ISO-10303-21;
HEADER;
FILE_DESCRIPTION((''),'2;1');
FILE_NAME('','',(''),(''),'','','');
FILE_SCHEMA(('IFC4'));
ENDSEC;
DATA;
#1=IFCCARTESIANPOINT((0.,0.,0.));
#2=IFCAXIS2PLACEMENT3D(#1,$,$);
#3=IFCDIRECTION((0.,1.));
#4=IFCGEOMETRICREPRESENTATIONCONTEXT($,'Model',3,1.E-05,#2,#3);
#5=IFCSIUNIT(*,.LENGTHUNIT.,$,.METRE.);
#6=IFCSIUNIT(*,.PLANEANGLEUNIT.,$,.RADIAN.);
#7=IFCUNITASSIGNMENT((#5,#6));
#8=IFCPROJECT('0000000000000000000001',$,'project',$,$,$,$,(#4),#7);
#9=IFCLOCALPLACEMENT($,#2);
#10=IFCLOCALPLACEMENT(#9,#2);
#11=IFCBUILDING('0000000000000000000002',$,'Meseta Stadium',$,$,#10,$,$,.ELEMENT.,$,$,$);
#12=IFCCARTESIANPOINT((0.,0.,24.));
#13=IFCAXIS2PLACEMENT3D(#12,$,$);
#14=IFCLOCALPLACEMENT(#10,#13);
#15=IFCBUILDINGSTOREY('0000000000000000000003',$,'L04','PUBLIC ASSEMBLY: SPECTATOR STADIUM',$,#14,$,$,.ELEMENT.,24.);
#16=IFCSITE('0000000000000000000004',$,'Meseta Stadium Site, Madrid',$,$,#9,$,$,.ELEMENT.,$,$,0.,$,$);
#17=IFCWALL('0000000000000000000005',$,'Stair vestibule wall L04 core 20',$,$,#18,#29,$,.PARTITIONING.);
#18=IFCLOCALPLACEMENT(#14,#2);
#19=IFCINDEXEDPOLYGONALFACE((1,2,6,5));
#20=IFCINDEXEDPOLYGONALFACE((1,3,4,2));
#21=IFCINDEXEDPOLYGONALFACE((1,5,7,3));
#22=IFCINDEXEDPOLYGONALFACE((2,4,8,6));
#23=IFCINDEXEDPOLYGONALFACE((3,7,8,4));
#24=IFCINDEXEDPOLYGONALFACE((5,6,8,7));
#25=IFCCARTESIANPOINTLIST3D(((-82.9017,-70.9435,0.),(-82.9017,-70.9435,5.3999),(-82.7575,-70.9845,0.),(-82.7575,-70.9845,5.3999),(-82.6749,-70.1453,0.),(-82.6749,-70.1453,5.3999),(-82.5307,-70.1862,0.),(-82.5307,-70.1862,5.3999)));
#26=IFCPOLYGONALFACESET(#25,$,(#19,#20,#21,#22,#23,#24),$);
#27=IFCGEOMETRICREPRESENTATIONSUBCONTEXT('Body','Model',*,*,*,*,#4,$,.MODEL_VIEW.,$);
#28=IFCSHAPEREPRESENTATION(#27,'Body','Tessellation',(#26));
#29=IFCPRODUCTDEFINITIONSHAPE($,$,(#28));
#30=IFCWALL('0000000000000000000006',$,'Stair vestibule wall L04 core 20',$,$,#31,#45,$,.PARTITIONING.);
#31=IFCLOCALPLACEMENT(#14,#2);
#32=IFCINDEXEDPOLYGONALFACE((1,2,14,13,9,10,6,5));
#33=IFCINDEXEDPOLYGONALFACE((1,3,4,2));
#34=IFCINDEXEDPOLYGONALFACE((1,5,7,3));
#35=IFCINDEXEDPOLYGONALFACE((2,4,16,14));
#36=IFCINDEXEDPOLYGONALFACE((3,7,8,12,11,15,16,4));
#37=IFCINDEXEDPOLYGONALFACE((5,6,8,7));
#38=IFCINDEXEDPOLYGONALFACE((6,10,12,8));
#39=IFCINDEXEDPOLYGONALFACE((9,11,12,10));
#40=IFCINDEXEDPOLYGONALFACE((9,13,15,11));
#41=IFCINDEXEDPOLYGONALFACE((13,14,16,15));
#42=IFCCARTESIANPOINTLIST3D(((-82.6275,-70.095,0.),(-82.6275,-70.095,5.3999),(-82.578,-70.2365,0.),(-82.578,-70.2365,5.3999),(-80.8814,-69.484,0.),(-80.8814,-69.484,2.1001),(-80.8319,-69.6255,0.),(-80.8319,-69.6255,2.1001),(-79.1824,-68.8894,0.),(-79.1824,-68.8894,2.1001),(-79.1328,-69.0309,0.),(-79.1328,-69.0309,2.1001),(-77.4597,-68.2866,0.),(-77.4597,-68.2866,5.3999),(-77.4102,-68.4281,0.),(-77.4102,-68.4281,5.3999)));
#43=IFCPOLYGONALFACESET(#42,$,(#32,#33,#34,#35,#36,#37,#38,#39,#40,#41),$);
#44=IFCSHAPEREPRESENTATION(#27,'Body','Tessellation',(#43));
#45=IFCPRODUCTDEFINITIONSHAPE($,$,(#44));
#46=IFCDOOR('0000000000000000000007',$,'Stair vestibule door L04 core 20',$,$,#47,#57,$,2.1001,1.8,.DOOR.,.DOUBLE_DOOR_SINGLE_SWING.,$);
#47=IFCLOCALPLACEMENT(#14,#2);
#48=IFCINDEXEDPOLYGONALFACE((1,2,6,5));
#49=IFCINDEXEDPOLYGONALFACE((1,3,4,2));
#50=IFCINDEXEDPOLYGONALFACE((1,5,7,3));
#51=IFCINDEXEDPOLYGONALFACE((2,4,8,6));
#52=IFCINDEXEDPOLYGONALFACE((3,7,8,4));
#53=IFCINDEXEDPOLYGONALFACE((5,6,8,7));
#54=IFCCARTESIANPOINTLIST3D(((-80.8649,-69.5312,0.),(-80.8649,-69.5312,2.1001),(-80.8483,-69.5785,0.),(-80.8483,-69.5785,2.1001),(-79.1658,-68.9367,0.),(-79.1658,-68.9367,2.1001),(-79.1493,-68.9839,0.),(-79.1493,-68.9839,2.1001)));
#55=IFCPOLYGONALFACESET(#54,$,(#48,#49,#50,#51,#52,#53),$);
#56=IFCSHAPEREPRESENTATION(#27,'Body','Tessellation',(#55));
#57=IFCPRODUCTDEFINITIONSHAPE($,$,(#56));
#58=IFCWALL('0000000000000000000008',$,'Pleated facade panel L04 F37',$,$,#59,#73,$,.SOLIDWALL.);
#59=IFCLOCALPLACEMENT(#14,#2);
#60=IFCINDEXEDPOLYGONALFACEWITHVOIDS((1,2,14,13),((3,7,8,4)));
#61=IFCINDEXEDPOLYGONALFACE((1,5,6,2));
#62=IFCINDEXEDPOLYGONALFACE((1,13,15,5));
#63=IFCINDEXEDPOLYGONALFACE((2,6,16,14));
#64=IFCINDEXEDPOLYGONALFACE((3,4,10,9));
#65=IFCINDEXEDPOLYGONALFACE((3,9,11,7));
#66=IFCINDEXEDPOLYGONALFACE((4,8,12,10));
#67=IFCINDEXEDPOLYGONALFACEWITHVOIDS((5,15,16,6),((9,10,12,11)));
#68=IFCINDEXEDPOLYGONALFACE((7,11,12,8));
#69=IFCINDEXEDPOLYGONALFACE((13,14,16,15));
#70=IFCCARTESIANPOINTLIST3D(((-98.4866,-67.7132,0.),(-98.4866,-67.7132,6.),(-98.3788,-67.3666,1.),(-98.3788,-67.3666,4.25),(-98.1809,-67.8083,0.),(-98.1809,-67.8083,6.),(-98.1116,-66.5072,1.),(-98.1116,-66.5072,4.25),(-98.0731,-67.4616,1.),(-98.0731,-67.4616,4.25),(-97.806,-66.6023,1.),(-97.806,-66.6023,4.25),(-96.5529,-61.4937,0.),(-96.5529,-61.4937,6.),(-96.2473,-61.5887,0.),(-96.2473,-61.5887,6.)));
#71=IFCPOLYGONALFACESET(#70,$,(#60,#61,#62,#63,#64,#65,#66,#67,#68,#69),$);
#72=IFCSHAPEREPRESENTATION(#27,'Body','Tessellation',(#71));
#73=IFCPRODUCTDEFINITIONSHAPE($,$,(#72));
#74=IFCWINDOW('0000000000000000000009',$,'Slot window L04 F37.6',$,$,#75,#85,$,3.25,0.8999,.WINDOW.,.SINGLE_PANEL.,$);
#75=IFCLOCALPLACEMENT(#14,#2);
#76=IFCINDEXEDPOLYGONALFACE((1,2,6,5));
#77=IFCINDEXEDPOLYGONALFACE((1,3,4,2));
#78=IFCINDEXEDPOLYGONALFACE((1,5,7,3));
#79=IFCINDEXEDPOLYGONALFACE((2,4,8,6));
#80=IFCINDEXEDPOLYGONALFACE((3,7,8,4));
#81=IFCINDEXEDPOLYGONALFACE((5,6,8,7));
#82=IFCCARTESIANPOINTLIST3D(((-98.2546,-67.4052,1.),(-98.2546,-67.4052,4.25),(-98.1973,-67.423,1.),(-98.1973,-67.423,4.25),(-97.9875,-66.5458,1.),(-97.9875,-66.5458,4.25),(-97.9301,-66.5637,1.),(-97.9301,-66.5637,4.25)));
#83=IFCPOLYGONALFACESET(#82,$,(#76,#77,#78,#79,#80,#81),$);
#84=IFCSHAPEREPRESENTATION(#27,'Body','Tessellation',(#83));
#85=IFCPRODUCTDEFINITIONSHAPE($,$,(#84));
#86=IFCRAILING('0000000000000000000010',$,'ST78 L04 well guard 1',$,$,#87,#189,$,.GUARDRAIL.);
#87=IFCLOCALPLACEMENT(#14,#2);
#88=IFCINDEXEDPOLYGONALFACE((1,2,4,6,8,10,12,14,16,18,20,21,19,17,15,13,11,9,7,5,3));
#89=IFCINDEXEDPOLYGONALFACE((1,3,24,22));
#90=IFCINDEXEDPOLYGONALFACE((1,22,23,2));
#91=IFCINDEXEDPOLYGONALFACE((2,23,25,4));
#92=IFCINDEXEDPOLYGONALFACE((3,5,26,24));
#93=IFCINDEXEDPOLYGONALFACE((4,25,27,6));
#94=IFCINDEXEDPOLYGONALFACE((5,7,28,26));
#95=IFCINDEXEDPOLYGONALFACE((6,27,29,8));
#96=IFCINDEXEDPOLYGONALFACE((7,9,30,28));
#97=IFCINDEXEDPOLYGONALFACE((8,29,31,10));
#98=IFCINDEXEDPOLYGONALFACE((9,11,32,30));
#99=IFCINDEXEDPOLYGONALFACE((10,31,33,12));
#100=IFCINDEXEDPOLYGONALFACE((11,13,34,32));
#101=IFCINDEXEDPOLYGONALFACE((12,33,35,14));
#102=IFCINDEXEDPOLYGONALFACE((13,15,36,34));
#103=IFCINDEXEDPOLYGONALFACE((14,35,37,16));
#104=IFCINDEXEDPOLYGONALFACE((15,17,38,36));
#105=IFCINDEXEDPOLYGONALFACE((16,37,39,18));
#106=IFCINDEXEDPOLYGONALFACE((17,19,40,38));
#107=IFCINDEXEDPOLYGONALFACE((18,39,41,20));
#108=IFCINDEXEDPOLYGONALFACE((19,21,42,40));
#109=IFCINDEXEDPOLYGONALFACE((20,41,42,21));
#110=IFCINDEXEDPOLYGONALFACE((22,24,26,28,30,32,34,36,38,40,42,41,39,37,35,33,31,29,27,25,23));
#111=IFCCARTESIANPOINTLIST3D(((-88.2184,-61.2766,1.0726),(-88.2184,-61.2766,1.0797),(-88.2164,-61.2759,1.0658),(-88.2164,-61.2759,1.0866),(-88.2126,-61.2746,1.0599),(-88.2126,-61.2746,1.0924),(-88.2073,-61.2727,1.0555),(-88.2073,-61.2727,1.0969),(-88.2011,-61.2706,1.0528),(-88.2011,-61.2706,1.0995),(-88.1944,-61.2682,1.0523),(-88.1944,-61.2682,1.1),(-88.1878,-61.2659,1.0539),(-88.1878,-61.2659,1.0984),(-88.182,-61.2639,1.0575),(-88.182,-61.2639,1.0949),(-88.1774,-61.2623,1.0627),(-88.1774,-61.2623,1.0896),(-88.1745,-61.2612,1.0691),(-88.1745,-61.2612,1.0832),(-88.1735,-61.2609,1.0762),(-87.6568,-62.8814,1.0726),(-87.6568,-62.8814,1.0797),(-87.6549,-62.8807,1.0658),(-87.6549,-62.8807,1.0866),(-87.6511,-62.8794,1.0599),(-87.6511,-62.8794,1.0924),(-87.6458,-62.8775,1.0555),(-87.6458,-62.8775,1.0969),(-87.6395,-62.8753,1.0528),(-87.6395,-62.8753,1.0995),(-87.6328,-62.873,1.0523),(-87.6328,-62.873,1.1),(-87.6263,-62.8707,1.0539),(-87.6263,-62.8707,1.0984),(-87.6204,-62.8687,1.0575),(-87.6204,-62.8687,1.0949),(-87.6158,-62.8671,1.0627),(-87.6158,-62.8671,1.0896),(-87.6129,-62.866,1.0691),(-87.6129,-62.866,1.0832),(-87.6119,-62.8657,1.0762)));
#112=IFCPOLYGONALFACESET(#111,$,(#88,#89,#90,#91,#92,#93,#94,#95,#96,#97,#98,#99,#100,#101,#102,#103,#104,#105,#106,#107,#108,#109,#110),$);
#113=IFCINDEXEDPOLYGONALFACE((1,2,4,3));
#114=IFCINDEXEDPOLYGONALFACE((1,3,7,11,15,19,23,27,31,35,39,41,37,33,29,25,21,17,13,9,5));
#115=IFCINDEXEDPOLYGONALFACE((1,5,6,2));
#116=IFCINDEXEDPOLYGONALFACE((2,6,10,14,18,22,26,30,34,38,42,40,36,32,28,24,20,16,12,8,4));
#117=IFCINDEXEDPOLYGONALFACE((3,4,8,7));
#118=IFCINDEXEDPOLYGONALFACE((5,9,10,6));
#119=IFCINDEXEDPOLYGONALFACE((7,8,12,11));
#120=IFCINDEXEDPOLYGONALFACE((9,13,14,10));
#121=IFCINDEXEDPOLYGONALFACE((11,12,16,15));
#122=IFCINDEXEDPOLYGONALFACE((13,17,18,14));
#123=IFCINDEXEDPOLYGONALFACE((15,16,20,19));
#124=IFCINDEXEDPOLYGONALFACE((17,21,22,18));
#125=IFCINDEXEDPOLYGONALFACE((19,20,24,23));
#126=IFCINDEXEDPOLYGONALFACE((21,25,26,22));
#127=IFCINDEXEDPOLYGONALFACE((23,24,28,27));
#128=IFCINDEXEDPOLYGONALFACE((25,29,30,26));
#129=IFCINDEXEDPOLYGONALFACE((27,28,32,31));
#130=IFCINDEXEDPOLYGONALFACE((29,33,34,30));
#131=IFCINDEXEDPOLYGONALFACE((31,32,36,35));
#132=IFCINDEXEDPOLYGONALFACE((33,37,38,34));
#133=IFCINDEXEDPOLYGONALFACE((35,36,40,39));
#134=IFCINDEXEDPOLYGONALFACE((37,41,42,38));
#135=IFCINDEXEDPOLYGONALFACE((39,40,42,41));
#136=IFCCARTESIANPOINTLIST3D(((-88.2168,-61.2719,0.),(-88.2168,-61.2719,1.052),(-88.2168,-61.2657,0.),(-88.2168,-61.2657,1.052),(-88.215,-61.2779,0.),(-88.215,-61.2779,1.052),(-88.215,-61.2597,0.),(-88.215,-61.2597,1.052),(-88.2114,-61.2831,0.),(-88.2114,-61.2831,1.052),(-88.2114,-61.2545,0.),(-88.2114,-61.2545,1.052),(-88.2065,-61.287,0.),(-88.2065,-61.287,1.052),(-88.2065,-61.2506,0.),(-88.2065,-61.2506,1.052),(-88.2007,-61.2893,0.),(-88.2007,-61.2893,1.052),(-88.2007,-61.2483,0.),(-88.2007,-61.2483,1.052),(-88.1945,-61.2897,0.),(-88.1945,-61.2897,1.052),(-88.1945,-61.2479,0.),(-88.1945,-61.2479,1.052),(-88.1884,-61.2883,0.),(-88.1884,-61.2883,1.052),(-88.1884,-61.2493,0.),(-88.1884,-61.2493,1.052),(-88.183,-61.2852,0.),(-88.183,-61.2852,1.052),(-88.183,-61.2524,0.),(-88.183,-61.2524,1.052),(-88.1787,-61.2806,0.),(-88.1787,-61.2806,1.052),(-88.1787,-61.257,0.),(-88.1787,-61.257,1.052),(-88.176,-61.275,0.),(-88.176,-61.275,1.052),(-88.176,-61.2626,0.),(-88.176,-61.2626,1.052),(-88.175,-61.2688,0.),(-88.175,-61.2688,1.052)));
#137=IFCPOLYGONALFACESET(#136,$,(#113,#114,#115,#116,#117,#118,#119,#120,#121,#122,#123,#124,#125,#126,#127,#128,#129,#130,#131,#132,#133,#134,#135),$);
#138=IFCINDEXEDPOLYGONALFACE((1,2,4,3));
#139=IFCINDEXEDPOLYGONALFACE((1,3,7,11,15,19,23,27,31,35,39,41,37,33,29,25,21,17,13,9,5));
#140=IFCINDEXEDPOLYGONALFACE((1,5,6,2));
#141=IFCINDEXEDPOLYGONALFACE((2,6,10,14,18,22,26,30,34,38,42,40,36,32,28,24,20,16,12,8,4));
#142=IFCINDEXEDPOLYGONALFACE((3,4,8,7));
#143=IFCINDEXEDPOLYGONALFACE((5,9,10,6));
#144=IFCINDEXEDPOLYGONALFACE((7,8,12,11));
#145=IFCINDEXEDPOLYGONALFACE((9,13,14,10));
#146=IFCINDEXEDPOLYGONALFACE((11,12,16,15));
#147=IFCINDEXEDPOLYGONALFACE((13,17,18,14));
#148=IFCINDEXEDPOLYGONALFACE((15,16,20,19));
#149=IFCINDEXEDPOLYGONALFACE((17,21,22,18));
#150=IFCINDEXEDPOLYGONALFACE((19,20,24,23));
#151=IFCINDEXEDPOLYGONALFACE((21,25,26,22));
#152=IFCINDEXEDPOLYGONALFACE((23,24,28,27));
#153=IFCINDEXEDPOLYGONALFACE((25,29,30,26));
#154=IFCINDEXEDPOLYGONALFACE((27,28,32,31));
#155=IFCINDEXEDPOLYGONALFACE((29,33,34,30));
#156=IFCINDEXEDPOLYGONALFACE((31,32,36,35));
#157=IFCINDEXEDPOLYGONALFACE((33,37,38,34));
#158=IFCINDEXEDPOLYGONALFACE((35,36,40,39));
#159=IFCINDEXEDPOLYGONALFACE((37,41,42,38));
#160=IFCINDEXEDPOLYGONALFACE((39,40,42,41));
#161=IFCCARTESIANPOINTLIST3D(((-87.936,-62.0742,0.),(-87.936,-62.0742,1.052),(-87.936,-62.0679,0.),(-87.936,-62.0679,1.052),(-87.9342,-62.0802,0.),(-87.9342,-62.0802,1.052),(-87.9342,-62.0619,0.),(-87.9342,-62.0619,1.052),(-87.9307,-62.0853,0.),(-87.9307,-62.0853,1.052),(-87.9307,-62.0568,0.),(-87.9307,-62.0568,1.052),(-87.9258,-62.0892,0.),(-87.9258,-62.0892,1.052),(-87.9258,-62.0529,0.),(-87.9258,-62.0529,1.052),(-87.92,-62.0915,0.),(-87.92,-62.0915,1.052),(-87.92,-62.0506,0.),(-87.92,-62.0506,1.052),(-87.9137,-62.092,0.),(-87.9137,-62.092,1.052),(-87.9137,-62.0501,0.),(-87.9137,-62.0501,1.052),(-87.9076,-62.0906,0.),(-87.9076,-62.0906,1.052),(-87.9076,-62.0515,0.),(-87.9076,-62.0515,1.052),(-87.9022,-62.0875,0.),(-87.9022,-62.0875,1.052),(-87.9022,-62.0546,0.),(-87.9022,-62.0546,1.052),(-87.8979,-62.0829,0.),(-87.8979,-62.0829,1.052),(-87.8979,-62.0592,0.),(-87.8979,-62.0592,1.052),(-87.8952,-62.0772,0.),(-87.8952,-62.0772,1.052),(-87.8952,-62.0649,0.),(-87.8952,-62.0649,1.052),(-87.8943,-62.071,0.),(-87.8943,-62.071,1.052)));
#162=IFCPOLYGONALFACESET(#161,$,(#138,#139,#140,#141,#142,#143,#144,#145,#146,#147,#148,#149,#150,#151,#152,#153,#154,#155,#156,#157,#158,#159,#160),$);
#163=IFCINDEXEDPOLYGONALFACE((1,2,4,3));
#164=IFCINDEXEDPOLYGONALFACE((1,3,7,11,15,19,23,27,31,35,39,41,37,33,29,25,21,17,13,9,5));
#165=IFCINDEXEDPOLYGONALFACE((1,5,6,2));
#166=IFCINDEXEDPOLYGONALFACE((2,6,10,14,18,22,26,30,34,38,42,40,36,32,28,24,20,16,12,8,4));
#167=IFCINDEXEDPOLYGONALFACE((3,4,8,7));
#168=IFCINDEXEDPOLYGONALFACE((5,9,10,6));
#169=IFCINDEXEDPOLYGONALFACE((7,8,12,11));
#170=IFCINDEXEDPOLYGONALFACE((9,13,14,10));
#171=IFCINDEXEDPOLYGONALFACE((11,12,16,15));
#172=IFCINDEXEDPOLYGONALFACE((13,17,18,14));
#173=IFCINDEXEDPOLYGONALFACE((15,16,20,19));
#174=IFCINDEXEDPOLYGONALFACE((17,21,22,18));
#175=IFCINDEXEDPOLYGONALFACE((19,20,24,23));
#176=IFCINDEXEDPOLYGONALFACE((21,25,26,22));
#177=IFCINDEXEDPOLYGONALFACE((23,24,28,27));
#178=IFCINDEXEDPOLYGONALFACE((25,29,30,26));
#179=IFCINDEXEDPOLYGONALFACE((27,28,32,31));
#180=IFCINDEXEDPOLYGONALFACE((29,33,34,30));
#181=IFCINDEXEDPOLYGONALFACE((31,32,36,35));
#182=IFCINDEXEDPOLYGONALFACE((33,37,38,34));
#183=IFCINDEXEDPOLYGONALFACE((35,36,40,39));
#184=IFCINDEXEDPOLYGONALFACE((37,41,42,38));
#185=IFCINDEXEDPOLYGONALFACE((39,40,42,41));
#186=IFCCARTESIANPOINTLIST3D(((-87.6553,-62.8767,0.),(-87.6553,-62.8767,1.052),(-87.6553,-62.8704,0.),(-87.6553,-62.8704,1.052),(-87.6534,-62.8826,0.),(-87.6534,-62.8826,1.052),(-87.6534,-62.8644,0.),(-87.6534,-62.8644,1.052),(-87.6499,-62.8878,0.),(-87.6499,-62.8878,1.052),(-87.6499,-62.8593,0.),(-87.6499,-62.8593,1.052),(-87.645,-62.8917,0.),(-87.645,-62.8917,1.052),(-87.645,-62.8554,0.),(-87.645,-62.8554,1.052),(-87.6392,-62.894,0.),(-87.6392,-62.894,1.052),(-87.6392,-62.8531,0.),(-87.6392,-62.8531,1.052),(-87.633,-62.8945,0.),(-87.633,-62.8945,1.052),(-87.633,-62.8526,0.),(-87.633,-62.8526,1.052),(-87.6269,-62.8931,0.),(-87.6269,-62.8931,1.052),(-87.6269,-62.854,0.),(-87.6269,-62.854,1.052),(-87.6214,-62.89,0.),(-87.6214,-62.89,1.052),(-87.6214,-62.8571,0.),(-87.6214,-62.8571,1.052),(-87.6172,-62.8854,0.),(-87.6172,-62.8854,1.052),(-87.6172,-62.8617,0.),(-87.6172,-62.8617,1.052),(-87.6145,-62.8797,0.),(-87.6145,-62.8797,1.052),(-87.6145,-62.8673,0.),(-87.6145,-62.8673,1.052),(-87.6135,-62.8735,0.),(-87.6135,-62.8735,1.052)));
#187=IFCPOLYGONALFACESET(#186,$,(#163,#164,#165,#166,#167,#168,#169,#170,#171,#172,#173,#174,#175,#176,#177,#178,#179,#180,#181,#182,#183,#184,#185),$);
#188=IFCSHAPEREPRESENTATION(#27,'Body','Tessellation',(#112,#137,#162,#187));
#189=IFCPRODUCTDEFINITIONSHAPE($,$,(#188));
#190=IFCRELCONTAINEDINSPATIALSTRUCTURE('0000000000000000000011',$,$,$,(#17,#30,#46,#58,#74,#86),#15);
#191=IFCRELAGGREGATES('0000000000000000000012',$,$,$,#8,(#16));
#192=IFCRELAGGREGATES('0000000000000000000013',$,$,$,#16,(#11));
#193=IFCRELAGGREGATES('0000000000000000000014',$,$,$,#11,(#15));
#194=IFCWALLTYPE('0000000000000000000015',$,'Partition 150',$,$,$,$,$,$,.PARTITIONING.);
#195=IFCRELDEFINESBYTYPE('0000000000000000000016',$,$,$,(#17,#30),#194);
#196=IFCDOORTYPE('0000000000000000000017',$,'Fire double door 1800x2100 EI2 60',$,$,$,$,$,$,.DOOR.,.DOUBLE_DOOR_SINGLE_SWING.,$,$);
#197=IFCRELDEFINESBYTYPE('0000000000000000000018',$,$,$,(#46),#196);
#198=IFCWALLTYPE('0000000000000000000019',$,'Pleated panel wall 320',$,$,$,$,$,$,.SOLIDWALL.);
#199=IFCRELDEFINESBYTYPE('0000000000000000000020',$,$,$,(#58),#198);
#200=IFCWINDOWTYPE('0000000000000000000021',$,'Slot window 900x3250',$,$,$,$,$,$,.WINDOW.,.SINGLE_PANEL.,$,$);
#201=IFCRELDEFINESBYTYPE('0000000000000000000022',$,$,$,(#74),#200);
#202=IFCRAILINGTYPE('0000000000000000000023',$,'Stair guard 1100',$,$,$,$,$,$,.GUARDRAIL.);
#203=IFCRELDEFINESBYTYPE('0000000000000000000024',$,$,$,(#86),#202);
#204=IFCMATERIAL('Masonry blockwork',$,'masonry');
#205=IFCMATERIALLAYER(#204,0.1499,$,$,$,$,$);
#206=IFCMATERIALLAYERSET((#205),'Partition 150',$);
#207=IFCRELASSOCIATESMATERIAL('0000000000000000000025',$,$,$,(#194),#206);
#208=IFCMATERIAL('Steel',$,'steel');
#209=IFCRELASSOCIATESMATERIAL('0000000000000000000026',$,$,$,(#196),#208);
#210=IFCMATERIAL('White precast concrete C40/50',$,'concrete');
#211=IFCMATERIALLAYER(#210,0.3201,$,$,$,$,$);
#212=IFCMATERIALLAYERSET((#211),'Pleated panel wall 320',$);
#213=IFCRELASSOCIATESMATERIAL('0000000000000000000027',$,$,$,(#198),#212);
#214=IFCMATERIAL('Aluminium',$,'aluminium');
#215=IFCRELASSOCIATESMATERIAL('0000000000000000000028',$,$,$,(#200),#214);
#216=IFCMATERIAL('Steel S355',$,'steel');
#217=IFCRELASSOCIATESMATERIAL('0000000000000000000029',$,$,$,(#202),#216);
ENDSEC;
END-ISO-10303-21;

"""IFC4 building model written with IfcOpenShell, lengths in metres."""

from ifc_helpers import new_model, si_unit, direction, frame, frame_2d, origin, origin_2d, place, context, subcontext, project, spatial, rectangle, circle, extrude, material, layer, layer_set, type_object, element, fill, save


model = new_model("IFC4")

# Units and contexts
model_context = context("Model", 3, precision=1e-05, world=origin(), true_north=direction((0.0, 1.0)))
body_context = subcontext(model_context, "Body", "Model", "MODEL_VIEW")
ifc_project = project(units=[si_unit("LENGTHUNIT", "METRE"), si_unit("PLANEANGLEUNIT", "RADIAN")], contexts=[model_context])

# Site, building, storey
site_placement = place(None, origin())
site = spatial("IfcSite", under=ifc_project, at=site_placement, Name="Meseta Stadium Site, Madrid", CompositionType="ELEMENT", RefElevation=0.0)
building_placement = place(site_placement, origin())
building = spatial("IfcBuilding", under=site, at=building_placement, Name="Meseta Stadium", CompositionType="ELEMENT")
storey_placement = place(building_placement, frame((0.0, 0.0, 24.0)))
storey = spatial("IfcBuildingStorey", under=building, at=storey_placement, Name="L04", Description="PUBLIC ASSEMBLY: SPECTATOR STADIUM", CompositionType="ELEMENT", Elevation=24.0)

# Wall
ifc_material_1 = material(Name="Masonry blockwork", Category="masonry")
ifc_layer_1 = layer(ifc_material_1, 0.1499)
ifc_layer_set_1 = layer_set([ifc_layer_1], Name="Partition 150")
wall_type_1 = type_object("IfcWallType", Name="Partition 150", PredefinedType="PARTITIONING", material=ifc_layer_set_1)
wall_1_placement = place(storey_placement, frame((-82.8296, -70.9641, 0.0), z_axis=(0.0, 0.0, 1.0), x_axis=(0.273283, 0.961934, 0.0)))
element("IfcWall", 1, at=wall_1_placement, inside=storey, type_object=wall_type_1, Name="Stair vestibule wall L04 core 20", PredefinedType="PARTITIONING", context=body_context, shape_type="SweptSolid", body=[
    extrude(rectangle(XDim=0.8298, YDim=0.1499, at=frame_2d((0.415, 0.0))), origin(), (0.0, 0.0, 1.0), 5.3999),
])

# Wall, opening, door
wall_2_placement = place(storey_placement, frame((-82.6028, -70.1658, 0.0), z_axis=(0.0, 0.0, 1.0), x_axis=(0.943879, 0.330293, 0.0)))
wall_2 = element("IfcWall", 2, at=wall_2_placement, inside=storey, type_object=wall_type_1, Name="Stair vestibule wall L04 core 20", PredefinedType="PARTITIONING", context=body_context, shape_type="SweptSolid", body=[
    extrude(rectangle(XDim=5.4751, YDim=0.1499, at=frame_2d((2.7375, 0.0))), origin(), (0.0, 0.0, 1.0), 5.3999),
])
opening_1_placement = place(wall_2_placement, frame((1.8501, 0.0, 0.0)))
opening_1 = element("IfcOpeningElement", 3, at=opening_1_placement, cuts=wall_2, PredefinedType="OPENING", context=body_context, shape_type="SweptSolid", body=[
    extrude(rectangle(XDim=1.8, YDim=2.1001, at=frame_2d((0.8999, 1.05))), frame((0.0, 0.085, 0.0), z_axis=(0.0, -1.0, 0.0), x_axis=(1.0, 0.0, 0.0)), (0.0, 0.0, 1.0), 0.1699),
])
ifc_material_2 = material(Name="Steel", Category="steel")
door_type_1 = type_object("IfcDoorType", Name="Fire double door 1800x2100 EI2 60", OperationType="DOUBLE_DOOR_SINGLE_SWING", PredefinedType="DOOR", material=ifc_material_2)
door_1_placement = place(opening_1_placement, origin())
door_1 = element("IfcDoor", 4, at=door_1_placement, inside=storey, type_object=door_type_1, Name="Stair vestibule door L04 core 20", OperationType="DOUBLE_DOOR_SINGLE_SWING", OverallHeight=2.1001, OverallWidth=1.8, PredefinedType="DOOR", context=body_context, shape_type="SweptSolid", body=[
    extrude(rectangle(XDim=1.8, YDim=2.1001, at=frame_2d((0.8999, 1.05))), frame((0.0, 0.0249, 0.0), z_axis=(0.0, -1.0, 0.0), x_axis=(1.0, 0.0, 0.0)), (0.0, 0.0, 1.0), 0.05),
])
fill(opening_1, door_1)

# Wall, opening, window
ifc_material_3 = material(Name="White precast concrete C40/50", Category="concrete")
ifc_layer_2 = layer(ifc_material_3, 0.3201)
ifc_layer_set_2 = layer_set([ifc_layer_2], Name="Pleated panel wall 320")
wall_type_2 = type_object("IfcWallType", Name="Pleated panel wall 320", PredefinedType="SOLIDWALL", material=ifc_layer_set_2)
wall_3_placement = place(storey_placement, frame((-98.3337, -67.7607, 0.0), z_axis=(0.0, 0.0, 1.0), x_axis=(0.296877, 0.954916, 0.0)))
wall_3 = element("IfcWall", 5, at=wall_3_placement, inside=storey, type_object=wall_type_2, Name="Pleated facade panel L04 F37", PredefinedType="SOLIDWALL", context=body_context, shape_type="SweptSolid", body=[
    extrude(rectangle(XDim=6.5132, YDim=0.3201, at=frame_2d((3.2566, 0.0))), origin(), (0.0, 0.0, 1.0), 6.0),
])
opening_2_placement = place(wall_3_placement, frame((0.363, 0.0, 1.0)))
opening_2 = element("IfcOpeningElement", 6, at=opening_2_placement, cuts=wall_3, PredefinedType="OPENING", context=body_context, shape_type="SweptSolid", body=[
    extrude(rectangle(XDim=0.8999, YDim=3.25, at=frame_2d((0.45, 1.625))), frame((0.0, 0.1699, 0.0), z_axis=(0.0, -1.0, 0.0), x_axis=(1.0, 0.0, 0.0)), (0.0, 0.0, 1.0), 0.3401),
])
ifc_material_4 = material(Name="Aluminium", Category="aluminium")
window_type = type_object("IfcWindowType", Name="Slot window 900x3250", PartitioningType="SINGLE_PANEL", PredefinedType="WINDOW", material=ifc_material_4)
window_placement = place(opening_2_placement, origin())
window = element("IfcWindow", 7, at=window_placement, inside=storey, type_object=window_type, Name="Slot window L04 F37.6", OverallHeight=3.25, OverallWidth=0.8999, PartitioningType="SINGLE_PANEL", PredefinedType="WINDOW", context=body_context, shape_type="SweptSolid", body=[
    extrude(rectangle(XDim=0.8999, YDim=3.25, at=frame_2d((0.45, 1.625))), frame((0.0, 0.03, 0.0), z_axis=(0.0, -1.0, 0.0), x_axis=(1.0, 0.0, 0.0)), (0.0, 0.0, 1.0), 0.0601),
])
fill(opening_2, window)

# Railing
ifc_material_5 = material(Name="Steel S355", Category="steel")
railing_type = type_object("IfcRailingType", Name="Stair guard 1100", PredefinedType="GUARDRAIL", material=ifc_material_5)
railing_1_placement = place(storey_placement, frame((-88.196, -61.2688, 0.0)))
element("IfcRailing", 8, at=railing_1_placement, inside=storey, type_object=railing_type, Name="ST78 L04 well guard 1", PredefinedType="GUARDRAIL", context=body_context, shape_type="SweptSolid", body=[
    extrude(circle(Radius=0.0239, at=origin_2d()), frame((0.0, 0.0, 1.0762), z_axis=(0.33028, -0.943883, 0.0), x_axis=(0.943883, 0.33028, 0.0)), (0.0, 0.0, 1.0), 1.7002),
    extrude(circle(Radius=0.021, at=origin_2d()), origin(), (0.0, 0.0, 1.0), 1.052),
    extrude(circle(Radius=0.021, at=origin_2d()), frame((0.2808, -0.8022, 0.0)), (0.0, 0.0, 1.0), 1.052),
    extrude(circle(Radius=0.021, at=origin_2d()), frame((0.5615, -1.6047, 0.0)), (0.0, 0.0, 1.0), 1.052),
])

save(model, "model.ifc")
